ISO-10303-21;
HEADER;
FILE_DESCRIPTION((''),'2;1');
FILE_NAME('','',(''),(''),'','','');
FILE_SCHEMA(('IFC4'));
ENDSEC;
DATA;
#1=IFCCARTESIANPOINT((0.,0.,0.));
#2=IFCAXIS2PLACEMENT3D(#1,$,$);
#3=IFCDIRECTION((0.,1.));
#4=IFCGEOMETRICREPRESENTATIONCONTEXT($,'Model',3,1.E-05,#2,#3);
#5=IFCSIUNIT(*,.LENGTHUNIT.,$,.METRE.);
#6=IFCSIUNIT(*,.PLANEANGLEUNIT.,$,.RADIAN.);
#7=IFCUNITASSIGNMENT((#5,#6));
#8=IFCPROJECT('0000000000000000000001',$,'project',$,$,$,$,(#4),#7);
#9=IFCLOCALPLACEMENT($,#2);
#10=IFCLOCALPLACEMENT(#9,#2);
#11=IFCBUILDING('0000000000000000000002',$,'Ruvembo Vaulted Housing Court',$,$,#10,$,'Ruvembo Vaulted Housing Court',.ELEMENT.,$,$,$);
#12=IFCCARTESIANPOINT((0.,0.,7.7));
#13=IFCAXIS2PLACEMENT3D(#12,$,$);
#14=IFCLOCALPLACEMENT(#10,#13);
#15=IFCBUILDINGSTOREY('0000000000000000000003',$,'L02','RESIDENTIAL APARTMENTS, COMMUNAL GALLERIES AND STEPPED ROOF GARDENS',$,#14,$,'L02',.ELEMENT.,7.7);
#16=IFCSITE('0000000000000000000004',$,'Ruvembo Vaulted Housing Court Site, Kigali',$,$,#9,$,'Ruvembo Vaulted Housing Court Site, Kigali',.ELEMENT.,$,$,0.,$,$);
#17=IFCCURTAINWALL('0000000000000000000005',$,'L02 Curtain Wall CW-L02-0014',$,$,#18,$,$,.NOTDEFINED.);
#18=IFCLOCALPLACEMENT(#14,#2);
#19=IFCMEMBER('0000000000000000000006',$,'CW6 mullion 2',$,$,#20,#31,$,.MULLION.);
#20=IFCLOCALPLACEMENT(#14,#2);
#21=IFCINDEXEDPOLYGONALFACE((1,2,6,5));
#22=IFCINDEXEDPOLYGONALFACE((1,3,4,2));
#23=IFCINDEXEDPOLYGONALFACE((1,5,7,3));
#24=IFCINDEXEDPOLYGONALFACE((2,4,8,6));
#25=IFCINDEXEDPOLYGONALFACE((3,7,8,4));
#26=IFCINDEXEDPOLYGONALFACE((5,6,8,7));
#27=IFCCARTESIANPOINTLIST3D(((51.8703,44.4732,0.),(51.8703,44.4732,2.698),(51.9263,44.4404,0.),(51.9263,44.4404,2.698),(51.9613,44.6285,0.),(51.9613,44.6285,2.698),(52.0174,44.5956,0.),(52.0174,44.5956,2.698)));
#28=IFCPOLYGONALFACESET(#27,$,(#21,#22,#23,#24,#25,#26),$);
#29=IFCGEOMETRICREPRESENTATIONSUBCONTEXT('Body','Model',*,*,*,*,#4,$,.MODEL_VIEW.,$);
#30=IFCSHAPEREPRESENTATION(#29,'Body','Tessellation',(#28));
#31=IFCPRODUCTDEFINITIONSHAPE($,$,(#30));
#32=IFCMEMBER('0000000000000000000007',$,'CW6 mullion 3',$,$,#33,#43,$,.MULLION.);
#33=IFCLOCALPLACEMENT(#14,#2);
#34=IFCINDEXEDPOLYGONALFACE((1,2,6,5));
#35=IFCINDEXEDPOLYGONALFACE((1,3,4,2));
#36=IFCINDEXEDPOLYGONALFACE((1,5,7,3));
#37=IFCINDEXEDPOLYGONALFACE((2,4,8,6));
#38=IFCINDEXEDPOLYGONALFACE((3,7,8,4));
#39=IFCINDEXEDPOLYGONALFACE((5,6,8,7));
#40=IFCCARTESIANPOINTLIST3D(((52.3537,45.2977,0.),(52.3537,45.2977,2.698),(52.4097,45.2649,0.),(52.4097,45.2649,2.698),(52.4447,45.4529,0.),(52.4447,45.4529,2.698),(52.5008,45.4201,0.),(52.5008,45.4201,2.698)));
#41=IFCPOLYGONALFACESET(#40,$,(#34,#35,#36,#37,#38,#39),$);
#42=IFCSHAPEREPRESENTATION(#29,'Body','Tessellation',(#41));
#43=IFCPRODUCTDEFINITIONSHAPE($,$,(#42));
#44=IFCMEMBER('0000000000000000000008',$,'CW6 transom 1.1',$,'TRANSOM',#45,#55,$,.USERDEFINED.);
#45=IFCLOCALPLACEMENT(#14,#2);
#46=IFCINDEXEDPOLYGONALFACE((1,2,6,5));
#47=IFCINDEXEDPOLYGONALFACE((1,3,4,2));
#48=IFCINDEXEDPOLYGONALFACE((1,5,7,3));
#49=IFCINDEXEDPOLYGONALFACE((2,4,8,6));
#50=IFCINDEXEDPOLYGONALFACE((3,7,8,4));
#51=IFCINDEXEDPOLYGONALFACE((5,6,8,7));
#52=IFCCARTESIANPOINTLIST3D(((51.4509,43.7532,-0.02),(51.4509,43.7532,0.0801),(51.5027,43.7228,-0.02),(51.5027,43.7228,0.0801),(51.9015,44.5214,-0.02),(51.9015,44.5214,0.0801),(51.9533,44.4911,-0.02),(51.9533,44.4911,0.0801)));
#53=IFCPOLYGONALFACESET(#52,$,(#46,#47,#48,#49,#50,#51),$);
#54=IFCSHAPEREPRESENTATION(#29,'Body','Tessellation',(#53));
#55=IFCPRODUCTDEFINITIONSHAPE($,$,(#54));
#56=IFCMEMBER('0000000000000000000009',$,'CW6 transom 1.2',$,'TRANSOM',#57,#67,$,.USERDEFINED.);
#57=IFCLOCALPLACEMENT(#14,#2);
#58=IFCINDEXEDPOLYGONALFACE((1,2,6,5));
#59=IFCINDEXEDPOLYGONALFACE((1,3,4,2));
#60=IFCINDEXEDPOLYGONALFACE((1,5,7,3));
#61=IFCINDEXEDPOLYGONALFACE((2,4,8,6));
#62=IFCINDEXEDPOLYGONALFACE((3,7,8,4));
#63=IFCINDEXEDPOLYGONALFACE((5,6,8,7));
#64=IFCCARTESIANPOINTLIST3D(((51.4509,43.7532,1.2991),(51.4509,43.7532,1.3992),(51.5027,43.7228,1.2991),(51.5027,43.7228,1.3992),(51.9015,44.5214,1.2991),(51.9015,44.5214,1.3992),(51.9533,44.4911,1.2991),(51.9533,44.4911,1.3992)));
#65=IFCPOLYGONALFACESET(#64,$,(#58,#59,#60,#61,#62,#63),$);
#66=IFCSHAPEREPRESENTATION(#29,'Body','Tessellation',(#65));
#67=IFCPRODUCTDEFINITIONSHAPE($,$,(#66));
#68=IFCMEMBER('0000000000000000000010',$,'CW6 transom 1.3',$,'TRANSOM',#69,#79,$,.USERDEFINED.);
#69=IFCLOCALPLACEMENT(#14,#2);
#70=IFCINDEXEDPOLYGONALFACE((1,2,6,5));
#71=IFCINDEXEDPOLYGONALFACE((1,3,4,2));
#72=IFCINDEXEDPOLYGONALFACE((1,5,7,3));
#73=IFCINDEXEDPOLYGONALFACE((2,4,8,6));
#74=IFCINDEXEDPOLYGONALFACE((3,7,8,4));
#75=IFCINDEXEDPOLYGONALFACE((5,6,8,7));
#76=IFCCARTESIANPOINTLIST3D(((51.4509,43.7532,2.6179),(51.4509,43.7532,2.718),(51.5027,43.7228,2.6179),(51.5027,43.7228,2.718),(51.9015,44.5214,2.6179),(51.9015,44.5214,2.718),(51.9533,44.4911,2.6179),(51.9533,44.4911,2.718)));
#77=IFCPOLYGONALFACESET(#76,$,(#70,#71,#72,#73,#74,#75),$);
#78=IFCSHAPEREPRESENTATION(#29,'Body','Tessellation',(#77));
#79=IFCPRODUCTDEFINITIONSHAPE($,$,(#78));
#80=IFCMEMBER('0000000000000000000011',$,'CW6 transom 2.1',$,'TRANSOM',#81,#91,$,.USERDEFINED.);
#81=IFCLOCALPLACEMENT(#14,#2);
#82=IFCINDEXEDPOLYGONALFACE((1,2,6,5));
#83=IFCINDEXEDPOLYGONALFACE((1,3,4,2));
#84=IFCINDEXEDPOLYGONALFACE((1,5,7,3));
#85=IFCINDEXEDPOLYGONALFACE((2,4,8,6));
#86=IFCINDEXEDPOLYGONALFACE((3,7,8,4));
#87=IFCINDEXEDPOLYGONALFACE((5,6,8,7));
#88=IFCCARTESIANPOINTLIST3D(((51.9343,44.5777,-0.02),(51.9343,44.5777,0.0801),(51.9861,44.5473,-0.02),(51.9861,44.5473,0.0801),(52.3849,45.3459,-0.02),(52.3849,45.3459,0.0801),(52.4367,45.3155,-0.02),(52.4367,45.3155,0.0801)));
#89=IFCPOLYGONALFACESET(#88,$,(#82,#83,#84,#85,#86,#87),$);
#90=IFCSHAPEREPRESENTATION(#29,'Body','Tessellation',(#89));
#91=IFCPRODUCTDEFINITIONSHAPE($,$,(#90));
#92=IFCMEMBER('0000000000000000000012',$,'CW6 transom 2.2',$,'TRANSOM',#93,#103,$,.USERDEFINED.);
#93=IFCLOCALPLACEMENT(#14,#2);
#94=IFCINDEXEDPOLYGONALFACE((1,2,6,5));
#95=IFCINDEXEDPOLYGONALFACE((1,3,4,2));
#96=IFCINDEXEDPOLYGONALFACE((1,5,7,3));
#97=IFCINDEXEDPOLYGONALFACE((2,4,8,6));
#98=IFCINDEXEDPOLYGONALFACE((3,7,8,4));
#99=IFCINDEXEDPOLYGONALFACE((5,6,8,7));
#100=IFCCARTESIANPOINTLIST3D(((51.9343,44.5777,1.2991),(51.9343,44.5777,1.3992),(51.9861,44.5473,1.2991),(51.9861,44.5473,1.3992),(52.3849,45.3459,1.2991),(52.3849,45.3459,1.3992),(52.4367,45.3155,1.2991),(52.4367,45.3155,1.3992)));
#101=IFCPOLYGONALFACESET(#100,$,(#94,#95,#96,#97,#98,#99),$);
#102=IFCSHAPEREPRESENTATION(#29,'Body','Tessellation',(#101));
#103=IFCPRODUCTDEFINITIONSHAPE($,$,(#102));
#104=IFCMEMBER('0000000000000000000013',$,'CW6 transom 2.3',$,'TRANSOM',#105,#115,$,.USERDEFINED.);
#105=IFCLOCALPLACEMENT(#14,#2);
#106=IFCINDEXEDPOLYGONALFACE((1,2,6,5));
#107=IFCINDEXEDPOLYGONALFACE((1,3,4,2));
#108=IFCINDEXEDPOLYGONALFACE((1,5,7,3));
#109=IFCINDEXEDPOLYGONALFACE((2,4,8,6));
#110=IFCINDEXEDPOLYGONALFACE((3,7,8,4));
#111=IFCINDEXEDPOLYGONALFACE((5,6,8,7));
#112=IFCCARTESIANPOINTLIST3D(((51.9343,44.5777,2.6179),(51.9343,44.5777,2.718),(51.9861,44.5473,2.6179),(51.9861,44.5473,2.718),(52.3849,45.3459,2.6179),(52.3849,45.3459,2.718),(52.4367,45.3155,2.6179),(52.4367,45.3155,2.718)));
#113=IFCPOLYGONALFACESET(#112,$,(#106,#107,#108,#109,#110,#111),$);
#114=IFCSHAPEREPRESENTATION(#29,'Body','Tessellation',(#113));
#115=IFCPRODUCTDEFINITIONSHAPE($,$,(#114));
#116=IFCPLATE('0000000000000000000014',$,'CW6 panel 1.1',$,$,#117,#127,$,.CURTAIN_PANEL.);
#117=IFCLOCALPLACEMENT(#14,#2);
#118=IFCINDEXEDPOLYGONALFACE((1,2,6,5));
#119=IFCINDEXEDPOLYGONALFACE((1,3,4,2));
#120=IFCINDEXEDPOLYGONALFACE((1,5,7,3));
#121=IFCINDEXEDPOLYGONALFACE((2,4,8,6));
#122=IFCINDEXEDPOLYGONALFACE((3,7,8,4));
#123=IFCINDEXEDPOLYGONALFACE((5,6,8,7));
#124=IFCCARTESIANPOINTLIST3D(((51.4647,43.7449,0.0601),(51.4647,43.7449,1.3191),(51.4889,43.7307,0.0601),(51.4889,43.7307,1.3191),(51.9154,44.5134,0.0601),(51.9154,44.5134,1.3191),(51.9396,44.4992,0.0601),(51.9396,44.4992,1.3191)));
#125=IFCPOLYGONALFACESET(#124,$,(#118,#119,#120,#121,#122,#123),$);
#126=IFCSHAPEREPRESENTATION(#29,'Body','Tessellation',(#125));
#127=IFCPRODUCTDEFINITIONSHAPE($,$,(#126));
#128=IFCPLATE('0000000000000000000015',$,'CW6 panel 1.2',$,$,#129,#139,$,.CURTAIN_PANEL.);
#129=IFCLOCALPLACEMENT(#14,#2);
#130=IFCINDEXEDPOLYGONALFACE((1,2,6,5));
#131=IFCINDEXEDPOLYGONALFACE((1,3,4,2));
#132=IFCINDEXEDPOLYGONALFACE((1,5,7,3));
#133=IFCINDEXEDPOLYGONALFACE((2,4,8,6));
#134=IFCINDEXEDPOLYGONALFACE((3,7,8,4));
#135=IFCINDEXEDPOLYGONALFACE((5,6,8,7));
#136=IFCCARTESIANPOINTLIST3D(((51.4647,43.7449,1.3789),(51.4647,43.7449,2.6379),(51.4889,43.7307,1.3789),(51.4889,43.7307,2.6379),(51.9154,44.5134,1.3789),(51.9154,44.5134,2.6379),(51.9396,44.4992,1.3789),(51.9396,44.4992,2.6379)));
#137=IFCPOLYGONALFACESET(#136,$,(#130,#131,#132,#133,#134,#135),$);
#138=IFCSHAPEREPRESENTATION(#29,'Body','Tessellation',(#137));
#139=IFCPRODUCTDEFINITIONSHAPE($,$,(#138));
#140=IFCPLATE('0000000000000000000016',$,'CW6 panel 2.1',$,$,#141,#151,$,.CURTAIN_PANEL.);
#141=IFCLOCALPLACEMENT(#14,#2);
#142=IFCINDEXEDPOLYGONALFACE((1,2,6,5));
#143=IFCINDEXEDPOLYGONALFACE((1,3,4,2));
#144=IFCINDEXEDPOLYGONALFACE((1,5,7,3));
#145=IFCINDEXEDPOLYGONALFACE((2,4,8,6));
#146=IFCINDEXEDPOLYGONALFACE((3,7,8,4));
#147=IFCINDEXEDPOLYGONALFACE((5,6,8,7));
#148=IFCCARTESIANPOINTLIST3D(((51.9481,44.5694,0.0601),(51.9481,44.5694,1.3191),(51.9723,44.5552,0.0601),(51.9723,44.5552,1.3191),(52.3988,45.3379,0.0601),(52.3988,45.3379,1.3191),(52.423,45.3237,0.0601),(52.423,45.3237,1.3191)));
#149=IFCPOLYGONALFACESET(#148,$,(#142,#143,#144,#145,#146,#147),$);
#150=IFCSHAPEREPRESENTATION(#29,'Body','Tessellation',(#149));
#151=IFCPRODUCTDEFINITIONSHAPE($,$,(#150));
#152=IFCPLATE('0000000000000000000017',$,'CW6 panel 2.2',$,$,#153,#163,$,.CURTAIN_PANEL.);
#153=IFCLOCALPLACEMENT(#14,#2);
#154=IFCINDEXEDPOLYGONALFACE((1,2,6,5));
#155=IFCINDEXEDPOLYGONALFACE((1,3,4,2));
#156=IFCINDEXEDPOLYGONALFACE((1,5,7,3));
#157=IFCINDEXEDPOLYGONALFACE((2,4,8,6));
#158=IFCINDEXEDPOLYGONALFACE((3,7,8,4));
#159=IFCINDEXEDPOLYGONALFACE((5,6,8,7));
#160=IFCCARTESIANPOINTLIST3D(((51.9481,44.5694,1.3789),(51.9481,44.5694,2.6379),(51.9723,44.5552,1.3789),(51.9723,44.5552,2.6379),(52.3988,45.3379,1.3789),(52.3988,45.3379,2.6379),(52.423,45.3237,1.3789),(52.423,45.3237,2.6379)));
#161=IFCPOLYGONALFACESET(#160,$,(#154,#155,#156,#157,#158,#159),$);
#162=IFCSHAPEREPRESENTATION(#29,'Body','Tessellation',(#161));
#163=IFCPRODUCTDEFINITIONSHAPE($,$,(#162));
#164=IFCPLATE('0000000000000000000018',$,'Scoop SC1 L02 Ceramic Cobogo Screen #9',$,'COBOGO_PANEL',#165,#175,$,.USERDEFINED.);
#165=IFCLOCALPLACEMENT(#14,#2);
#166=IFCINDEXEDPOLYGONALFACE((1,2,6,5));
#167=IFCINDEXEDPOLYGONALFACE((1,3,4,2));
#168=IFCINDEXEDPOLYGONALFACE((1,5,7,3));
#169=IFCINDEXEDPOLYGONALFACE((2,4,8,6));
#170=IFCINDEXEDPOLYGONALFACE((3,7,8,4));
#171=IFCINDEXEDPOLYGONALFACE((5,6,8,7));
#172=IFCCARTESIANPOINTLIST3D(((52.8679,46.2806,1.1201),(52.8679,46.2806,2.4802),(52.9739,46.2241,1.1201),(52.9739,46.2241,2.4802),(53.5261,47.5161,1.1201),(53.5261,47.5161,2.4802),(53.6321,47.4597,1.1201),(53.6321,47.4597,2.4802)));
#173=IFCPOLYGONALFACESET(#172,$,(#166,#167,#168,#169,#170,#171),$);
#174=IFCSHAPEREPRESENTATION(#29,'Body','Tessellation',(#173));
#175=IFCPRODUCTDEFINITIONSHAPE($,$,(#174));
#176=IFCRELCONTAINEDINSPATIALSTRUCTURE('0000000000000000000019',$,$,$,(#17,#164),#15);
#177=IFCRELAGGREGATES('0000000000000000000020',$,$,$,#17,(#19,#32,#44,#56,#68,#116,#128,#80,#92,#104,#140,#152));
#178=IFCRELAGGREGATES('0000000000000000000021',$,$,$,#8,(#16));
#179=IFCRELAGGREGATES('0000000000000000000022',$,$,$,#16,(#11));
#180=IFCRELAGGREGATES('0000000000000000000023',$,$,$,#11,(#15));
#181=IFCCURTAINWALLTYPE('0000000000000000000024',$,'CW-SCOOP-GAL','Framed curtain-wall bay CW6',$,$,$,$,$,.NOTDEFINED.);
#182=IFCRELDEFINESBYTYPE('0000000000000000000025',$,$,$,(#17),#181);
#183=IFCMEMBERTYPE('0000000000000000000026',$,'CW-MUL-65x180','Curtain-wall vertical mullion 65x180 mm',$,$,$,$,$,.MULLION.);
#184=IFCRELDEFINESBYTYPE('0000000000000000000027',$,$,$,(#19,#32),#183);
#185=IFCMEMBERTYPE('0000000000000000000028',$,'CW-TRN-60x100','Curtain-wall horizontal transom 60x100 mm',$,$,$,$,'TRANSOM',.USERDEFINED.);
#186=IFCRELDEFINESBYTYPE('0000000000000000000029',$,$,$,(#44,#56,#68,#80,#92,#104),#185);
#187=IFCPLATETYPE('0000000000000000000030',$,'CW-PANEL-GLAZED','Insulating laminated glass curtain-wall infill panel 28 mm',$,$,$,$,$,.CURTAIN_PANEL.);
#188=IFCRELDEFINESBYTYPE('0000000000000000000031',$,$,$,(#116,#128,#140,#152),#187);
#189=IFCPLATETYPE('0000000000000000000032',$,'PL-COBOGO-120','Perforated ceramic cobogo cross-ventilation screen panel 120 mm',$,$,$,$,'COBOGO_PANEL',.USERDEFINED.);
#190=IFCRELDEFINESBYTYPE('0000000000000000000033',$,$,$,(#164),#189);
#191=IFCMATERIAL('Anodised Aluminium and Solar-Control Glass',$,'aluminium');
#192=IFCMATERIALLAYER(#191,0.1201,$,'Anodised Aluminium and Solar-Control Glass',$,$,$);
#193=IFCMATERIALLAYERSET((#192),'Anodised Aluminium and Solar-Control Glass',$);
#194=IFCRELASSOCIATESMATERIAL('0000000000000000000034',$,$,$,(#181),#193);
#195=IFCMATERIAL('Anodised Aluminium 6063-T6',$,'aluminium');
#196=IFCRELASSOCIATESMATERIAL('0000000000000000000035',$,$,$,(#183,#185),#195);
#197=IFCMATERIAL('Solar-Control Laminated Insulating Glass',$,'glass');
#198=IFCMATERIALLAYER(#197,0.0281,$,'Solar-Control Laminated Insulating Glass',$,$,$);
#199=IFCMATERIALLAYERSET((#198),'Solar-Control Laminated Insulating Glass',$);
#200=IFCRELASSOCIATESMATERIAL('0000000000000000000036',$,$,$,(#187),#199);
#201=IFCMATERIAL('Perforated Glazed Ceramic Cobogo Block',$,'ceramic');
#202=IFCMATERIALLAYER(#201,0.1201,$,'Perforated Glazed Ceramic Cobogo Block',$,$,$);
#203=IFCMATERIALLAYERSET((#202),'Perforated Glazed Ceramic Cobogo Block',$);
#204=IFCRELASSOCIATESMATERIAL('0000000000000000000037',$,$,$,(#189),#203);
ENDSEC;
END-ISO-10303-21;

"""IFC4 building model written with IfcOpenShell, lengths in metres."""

from ifc_helpers import new_model, si_unit, direction, frame, origin, origin_2d, place, context, subcontext, project, spatial, rectangle, extrude, material, layer, layer_set, material_profile, profile_set, type_object, element, aggregate, save


model = new_model("IFC4")

# Units and contexts
model_context = context("Model", 3, precision=1e-05, world=origin(), true_north=direction((0.0, 1.0)))
body_context = subcontext(model_context, "Body", "Model", "MODEL_VIEW")
ifc_project = project(units=[si_unit("LENGTHUNIT", "METRE"), si_unit("PLANEANGLEUNIT", "RADIAN")], contexts=[model_context])

# Site, building, storey
site_placement = place(None, origin())
site = spatial("IfcSite", under=ifc_project, at=site_placement, Name="Ruvembo Vaulted Housing Court Site, Kigali", LongName="Ruvembo Vaulted Housing Court Site, Kigali", CompositionType="ELEMENT", RefElevation=0.0)
building_placement = place(site_placement, origin())
building = spatial("IfcBuilding", under=site, at=building_placement, Name="Ruvembo Vaulted Housing Court", LongName="Ruvembo Vaulted Housing Court", CompositionType="ELEMENT")
storey_placement = place(building_placement, frame((0.0, 0.0, 7.7)))
storey = spatial("IfcBuildingStorey", under=building, at=storey_placement, Name="L02", Description="RESIDENTIAL APARTMENTS, COMMUNAL GALLERIES AND STEPPED ROOF GARDENS", LongName="L02", CompositionType="ELEMENT", Elevation=7.7)

# Curtain wall, members, plates
ifc_material_1 = material(Name="Anodised Aluminium and Solar-Control Glass", Category="aluminium")
ifc_layer_1 = layer(ifc_material_1, 0.1201, Name="Anodised Aluminium and Solar-Control Glass")
ifc_layer_set_1 = layer_set([ifc_layer_1], Name="Anodised Aluminium and Solar-Control Glass")
curtain_wall_type = type_object("IfcCurtainWallType", Name="CW-SCOOP-GAL", Description="Framed curtain-wall bay CW6", PredefinedType="NOTDEFINED", material=ifc_layer_set_1)
curtain_wall_placement = place(storey_placement, origin())
curtain_wall = element("IfcCurtainWall", 1, at=curtain_wall_placement, inside=storey, type_object=curtain_wall_type, Name="L02 Curtain Wall CW-L02-0014", PredefinedType="NOTDEFINED")
ifc_material_2 = material(Name="Anodised Aluminium 6063-T6", Category="aluminium")
ifc_material_profile_1 = material_profile(ifc_material_2, rectangle(XDim=0.0649, YDim=0.1799, at=origin_2d()), Name="ALU 65x180")
ifc_profile_set_1 = profile_set([ifc_material_profile_1], Name="Anodised Aluminium 6063-T6")
member_type_1 = type_object("IfcMemberType", Name="CW-MUL-65x180", Description="Curtain-wall vertical mullion 65x180 mm", PredefinedType="MULLION", material=ifc_profile_set_1)
member_1_placement = place(storey_placement, frame((51.9438, 44.5344, 0.0), z_axis=(0.0, 0.0, 1.0), x_axis=(-0.862606, 0.505877, 0.0)))
member_1 = element("IfcMember", 2, at=member_1_placement, type_object=member_type_1, Name="CW6 mullion 2", PredefinedType="MULLION", context=body_context, shape_type="SweptSolid", body=[
    extrude(rectangle(XDim=0.0649, YDim=0.1799, at=origin_2d()), origin(), (0.0, 0.0, 1.0), 2.698),
])
member_2_placement = place(storey_placement, frame((52.4272, 45.3589, 0.0), z_axis=(0.0, 0.0, 1.0), x_axis=(-0.862606, 0.505877, 0.0)))
member_2 = element("IfcMember", 3, at=member_2_placement, type_object=member_type_1, Name="CW6 mullion 3", PredefinedType="MULLION", context=body_context, shape_type="SweptSolid", body=[
    extrude(rectangle(XDim=0.0649, YDim=0.1799, at=origin_2d()), origin(), (0.0, 0.0, 1.0), 2.698),
])
ifc_material_profile_2 = material_profile(ifc_material_2, rectangle(XDim=0.0601, YDim=0.1001, at=origin_2d()), Name="ALU 60x100")
ifc_profile_set_2 = profile_set([ifc_material_profile_2], Name="Anodised Aluminium 6063-T6")
member_type_2 = type_object("IfcMemberType", Name="CW-TRN-60x100", Description="Curtain-wall horizontal transom 60x100 mm", ElementType="TRANSOM", PredefinedType="USERDEFINED", material=ifc_profile_set_2)
member_3_placement = place(storey_placement, frame((51.4768, 43.738, 0.03), z_axis=(0.505966, 0.862554, 0.0), x_axis=(-0.862554, 0.505966, 0.0)))
member_3 = element("IfcMember", 4, at=member_3_placement, type_object=member_type_2, Name="CW6 transom 1.1", ObjectType="TRANSOM", PredefinedType="USERDEFINED", context=body_context, shape_type="SweptSolid", body=[
    extrude(rectangle(XDim=0.0601, YDim=0.1001, at=origin_2d()), origin(), (0.0, 0.0, 1.0), 0.8906),
])
member_4_placement = place(storey_placement, frame((51.4768, 43.738, 1.3491), z_axis=(0.505966, 0.862554, 0.0), x_axis=(-0.862554, 0.505966, 0.0)))
member_4 = element("IfcMember", 5, at=member_4_placement, type_object=member_type_2, Name="CW6 transom 1.2", ObjectType="TRANSOM", PredefinedType="USERDEFINED", context=body_context, shape_type="SweptSolid", body=[
    extrude(rectangle(XDim=0.0601, YDim=0.1001, at=origin_2d()), origin(), (0.0, 0.0, 1.0), 0.8906),
])
member_5_placement = place(storey_placement, frame((51.4768, 43.738, 2.668), z_axis=(0.505966, 0.862554, 0.0), x_axis=(-0.862554, 0.505966, 0.0)))
member_5 = element("IfcMember", 6, at=member_5_placement, type_object=member_type_2, Name="CW6 transom 1.3", ObjectType="TRANSOM", PredefinedType="USERDEFINED", context=body_context, shape_type="SweptSolid", body=[
    extrude(rectangle(XDim=0.0601, YDim=0.1001, at=origin_2d()), origin(), (0.0, 0.0, 1.0), 0.8906),
])
member_6_placement = place(storey_placement, frame((51.9602, 44.5625, 0.03), z_axis=(0.505966, 0.862554, 0.0), x_axis=(-0.862554, 0.505966, 0.0)))
member_6 = element("IfcMember", 7, at=member_6_placement, type_object=member_type_2, Name="CW6 transom 2.1", ObjectType="TRANSOM", PredefinedType="USERDEFINED", context=body_context, shape_type="SweptSolid", body=[
    extrude(rectangle(XDim=0.0601, YDim=0.1001, at=origin_2d()), origin(), (0.0, 0.0, 1.0), 0.8906),
])
member_7_placement = place(storey_placement, frame((51.9602, 44.5625, 1.3491), z_axis=(0.505966, 0.862554, 0.0), x_axis=(-0.862554, 0.505966, 0.0)))
member_7 = element("IfcMember", 8, at=member_7_placement, type_object=member_type_2, Name="CW6 transom 2.2", ObjectType="TRANSOM", PredefinedType="USERDEFINED", context=body_context, shape_type="SweptSolid", body=[
    extrude(rectangle(XDim=0.0601, YDim=0.1001, at=origin_2d()), origin(), (0.0, 0.0, 1.0), 0.8906),
])
member_8_placement = place(storey_placement, frame((51.9602, 44.5625, 2.668), z_axis=(0.505966, 0.862554, 0.0), x_axis=(-0.862554, 0.505966, 0.0)))
member_8 = element("IfcMember", 9, at=member_8_placement, type_object=member_type_2, Name="CW6 transom 2.3", ObjectType="TRANSOM", PredefinedType="USERDEFINED", context=body_context, shape_type="SweptSolid", body=[
    extrude(rectangle(XDim=0.0601, YDim=0.1001, at=origin_2d()), origin(), (0.0, 0.0, 1.0), 0.8906),
])
ifc_material_3 = material(Name="Solar-Control Laminated Insulating Glass", Category="glass")
ifc_layer_2 = layer(ifc_material_3, 0.0281, Name="Solar-Control Laminated Insulating Glass")
ifc_layer_set_2 = layer_set([ifc_layer_2], Name="Solar-Control Laminated Insulating Glass")
plate_type_1 = type_object("IfcPlateType", Name="CW-PANEL-GLAZED", Description="Insulating laminated glass curtain-wall infill panel 28 mm", PredefinedType="CURTAIN_PANEL", material=ifc_layer_set_2)
plate_1_placement = place(storey_placement, frame((51.7021, 44.1221, 0.0601), z_axis=(0.0, 0.0, 1.0), x_axis=(0.505877, 0.862606, 0.0)))
plate_1 = element("IfcPlate", 10, at=plate_1_placement, type_object=plate_type_1, Name="CW6 panel 1.1", PredefinedType="CURTAIN_PANEL", context=body_context, shape_type="SweptSolid", body=[
    extrude(rectangle(XDim=0.8909, YDim=0.0281, at=origin_2d()), origin(), (0.0, 0.0, 1.0), 1.259),
])
plate_2_placement = place(storey_placement, frame((51.7021, 44.1221, 1.3789), z_axis=(0.0, 0.0, 1.0), x_axis=(0.505877, 0.862606, 0.0)))
plate_2 = element("IfcPlate", 11, at=plate_2_placement, type_object=plate_type_1, Name="CW6 panel 1.2", PredefinedType="CURTAIN_PANEL", context=body_context, shape_type="SweptSolid", body=[
    extrude(rectangle(XDim=0.8909, YDim=0.0281, at=origin_2d()), origin(), (0.0, 0.0, 1.0), 1.259),
])
plate_3_placement = place(storey_placement, frame((52.1855, 44.9465, 0.0601), z_axis=(0.0, 0.0, 1.0), x_axis=(0.505877, 0.862606, 0.0)))
plate_3 = element("IfcPlate", 12, at=plate_3_placement, type_object=plate_type_1, Name="CW6 panel 2.1", PredefinedType="CURTAIN_PANEL", context=body_context, shape_type="SweptSolid", body=[
    extrude(rectangle(XDim=0.8909, YDim=0.0281, at=origin_2d()), origin(), (0.0, 0.0, 1.0), 1.259),
])
plate_4_placement = place(storey_placement, frame((52.1855, 44.9465, 1.3789), z_axis=(0.0, 0.0, 1.0), x_axis=(0.505877, 0.862606, 0.0)))
plate_4 = element("IfcPlate", 13, at=plate_4_placement, type_object=plate_type_1, Name="CW6 panel 2.2", PredefinedType="CURTAIN_PANEL", context=body_context, shape_type="SweptSolid", body=[
    extrude(rectangle(XDim=0.8909, YDim=0.0281, at=origin_2d()), origin(), (0.0, 0.0, 1.0), 1.259),
])
aggregate(curtain_wall, [member_1, member_2, member_3, member_4, member_5, plate_1, plate_2, member_6, member_7, member_8, plate_3, plate_4])

# Plate
ifc_material_4 = material(Name="Perforated Glazed Ceramic Cobogo Block", Category="ceramic")
ifc_layer_3 = layer(ifc_material_4, 0.1201, Name="Perforated Glazed Ceramic Cobogo Block")
ifc_layer_set_3 = layer_set([ifc_layer_3], Name="Perforated Glazed Ceramic Cobogo Block")
plate_type_2 = type_object("IfcPlateType", Name="PL-COBOGO-120", Description="Perforated ceramic cobogo cross-ventilation screen panel 120 mm", ElementType="COBOGO_PANEL", PredefinedType="USERDEFINED", material=ifc_layer_set_3)
plate_5_placement = place(storey_placement, frame((53.25, 46.8701, 1.1201), z_axis=(0.0, 0.0, 1.0), x_axis=(0.470134, 0.882595, 0.0)))
element("IfcPlate", 14, at=plate_5_placement, inside=storey, type_object=plate_type_2, Name="Scoop SC1 L02 Ceramic Cobogo Screen #9", ObjectType="COBOGO_PANEL", PredefinedType="USERDEFINED", context=body_context, shape_type="SweptSolid", body=[
    extrude(rectangle(XDim=1.3999, YDim=0.1201, at=origin_2d()), origin(), (0.0, 0.0, 1.0), 1.3601),
])

save(model, "model.ifc")
